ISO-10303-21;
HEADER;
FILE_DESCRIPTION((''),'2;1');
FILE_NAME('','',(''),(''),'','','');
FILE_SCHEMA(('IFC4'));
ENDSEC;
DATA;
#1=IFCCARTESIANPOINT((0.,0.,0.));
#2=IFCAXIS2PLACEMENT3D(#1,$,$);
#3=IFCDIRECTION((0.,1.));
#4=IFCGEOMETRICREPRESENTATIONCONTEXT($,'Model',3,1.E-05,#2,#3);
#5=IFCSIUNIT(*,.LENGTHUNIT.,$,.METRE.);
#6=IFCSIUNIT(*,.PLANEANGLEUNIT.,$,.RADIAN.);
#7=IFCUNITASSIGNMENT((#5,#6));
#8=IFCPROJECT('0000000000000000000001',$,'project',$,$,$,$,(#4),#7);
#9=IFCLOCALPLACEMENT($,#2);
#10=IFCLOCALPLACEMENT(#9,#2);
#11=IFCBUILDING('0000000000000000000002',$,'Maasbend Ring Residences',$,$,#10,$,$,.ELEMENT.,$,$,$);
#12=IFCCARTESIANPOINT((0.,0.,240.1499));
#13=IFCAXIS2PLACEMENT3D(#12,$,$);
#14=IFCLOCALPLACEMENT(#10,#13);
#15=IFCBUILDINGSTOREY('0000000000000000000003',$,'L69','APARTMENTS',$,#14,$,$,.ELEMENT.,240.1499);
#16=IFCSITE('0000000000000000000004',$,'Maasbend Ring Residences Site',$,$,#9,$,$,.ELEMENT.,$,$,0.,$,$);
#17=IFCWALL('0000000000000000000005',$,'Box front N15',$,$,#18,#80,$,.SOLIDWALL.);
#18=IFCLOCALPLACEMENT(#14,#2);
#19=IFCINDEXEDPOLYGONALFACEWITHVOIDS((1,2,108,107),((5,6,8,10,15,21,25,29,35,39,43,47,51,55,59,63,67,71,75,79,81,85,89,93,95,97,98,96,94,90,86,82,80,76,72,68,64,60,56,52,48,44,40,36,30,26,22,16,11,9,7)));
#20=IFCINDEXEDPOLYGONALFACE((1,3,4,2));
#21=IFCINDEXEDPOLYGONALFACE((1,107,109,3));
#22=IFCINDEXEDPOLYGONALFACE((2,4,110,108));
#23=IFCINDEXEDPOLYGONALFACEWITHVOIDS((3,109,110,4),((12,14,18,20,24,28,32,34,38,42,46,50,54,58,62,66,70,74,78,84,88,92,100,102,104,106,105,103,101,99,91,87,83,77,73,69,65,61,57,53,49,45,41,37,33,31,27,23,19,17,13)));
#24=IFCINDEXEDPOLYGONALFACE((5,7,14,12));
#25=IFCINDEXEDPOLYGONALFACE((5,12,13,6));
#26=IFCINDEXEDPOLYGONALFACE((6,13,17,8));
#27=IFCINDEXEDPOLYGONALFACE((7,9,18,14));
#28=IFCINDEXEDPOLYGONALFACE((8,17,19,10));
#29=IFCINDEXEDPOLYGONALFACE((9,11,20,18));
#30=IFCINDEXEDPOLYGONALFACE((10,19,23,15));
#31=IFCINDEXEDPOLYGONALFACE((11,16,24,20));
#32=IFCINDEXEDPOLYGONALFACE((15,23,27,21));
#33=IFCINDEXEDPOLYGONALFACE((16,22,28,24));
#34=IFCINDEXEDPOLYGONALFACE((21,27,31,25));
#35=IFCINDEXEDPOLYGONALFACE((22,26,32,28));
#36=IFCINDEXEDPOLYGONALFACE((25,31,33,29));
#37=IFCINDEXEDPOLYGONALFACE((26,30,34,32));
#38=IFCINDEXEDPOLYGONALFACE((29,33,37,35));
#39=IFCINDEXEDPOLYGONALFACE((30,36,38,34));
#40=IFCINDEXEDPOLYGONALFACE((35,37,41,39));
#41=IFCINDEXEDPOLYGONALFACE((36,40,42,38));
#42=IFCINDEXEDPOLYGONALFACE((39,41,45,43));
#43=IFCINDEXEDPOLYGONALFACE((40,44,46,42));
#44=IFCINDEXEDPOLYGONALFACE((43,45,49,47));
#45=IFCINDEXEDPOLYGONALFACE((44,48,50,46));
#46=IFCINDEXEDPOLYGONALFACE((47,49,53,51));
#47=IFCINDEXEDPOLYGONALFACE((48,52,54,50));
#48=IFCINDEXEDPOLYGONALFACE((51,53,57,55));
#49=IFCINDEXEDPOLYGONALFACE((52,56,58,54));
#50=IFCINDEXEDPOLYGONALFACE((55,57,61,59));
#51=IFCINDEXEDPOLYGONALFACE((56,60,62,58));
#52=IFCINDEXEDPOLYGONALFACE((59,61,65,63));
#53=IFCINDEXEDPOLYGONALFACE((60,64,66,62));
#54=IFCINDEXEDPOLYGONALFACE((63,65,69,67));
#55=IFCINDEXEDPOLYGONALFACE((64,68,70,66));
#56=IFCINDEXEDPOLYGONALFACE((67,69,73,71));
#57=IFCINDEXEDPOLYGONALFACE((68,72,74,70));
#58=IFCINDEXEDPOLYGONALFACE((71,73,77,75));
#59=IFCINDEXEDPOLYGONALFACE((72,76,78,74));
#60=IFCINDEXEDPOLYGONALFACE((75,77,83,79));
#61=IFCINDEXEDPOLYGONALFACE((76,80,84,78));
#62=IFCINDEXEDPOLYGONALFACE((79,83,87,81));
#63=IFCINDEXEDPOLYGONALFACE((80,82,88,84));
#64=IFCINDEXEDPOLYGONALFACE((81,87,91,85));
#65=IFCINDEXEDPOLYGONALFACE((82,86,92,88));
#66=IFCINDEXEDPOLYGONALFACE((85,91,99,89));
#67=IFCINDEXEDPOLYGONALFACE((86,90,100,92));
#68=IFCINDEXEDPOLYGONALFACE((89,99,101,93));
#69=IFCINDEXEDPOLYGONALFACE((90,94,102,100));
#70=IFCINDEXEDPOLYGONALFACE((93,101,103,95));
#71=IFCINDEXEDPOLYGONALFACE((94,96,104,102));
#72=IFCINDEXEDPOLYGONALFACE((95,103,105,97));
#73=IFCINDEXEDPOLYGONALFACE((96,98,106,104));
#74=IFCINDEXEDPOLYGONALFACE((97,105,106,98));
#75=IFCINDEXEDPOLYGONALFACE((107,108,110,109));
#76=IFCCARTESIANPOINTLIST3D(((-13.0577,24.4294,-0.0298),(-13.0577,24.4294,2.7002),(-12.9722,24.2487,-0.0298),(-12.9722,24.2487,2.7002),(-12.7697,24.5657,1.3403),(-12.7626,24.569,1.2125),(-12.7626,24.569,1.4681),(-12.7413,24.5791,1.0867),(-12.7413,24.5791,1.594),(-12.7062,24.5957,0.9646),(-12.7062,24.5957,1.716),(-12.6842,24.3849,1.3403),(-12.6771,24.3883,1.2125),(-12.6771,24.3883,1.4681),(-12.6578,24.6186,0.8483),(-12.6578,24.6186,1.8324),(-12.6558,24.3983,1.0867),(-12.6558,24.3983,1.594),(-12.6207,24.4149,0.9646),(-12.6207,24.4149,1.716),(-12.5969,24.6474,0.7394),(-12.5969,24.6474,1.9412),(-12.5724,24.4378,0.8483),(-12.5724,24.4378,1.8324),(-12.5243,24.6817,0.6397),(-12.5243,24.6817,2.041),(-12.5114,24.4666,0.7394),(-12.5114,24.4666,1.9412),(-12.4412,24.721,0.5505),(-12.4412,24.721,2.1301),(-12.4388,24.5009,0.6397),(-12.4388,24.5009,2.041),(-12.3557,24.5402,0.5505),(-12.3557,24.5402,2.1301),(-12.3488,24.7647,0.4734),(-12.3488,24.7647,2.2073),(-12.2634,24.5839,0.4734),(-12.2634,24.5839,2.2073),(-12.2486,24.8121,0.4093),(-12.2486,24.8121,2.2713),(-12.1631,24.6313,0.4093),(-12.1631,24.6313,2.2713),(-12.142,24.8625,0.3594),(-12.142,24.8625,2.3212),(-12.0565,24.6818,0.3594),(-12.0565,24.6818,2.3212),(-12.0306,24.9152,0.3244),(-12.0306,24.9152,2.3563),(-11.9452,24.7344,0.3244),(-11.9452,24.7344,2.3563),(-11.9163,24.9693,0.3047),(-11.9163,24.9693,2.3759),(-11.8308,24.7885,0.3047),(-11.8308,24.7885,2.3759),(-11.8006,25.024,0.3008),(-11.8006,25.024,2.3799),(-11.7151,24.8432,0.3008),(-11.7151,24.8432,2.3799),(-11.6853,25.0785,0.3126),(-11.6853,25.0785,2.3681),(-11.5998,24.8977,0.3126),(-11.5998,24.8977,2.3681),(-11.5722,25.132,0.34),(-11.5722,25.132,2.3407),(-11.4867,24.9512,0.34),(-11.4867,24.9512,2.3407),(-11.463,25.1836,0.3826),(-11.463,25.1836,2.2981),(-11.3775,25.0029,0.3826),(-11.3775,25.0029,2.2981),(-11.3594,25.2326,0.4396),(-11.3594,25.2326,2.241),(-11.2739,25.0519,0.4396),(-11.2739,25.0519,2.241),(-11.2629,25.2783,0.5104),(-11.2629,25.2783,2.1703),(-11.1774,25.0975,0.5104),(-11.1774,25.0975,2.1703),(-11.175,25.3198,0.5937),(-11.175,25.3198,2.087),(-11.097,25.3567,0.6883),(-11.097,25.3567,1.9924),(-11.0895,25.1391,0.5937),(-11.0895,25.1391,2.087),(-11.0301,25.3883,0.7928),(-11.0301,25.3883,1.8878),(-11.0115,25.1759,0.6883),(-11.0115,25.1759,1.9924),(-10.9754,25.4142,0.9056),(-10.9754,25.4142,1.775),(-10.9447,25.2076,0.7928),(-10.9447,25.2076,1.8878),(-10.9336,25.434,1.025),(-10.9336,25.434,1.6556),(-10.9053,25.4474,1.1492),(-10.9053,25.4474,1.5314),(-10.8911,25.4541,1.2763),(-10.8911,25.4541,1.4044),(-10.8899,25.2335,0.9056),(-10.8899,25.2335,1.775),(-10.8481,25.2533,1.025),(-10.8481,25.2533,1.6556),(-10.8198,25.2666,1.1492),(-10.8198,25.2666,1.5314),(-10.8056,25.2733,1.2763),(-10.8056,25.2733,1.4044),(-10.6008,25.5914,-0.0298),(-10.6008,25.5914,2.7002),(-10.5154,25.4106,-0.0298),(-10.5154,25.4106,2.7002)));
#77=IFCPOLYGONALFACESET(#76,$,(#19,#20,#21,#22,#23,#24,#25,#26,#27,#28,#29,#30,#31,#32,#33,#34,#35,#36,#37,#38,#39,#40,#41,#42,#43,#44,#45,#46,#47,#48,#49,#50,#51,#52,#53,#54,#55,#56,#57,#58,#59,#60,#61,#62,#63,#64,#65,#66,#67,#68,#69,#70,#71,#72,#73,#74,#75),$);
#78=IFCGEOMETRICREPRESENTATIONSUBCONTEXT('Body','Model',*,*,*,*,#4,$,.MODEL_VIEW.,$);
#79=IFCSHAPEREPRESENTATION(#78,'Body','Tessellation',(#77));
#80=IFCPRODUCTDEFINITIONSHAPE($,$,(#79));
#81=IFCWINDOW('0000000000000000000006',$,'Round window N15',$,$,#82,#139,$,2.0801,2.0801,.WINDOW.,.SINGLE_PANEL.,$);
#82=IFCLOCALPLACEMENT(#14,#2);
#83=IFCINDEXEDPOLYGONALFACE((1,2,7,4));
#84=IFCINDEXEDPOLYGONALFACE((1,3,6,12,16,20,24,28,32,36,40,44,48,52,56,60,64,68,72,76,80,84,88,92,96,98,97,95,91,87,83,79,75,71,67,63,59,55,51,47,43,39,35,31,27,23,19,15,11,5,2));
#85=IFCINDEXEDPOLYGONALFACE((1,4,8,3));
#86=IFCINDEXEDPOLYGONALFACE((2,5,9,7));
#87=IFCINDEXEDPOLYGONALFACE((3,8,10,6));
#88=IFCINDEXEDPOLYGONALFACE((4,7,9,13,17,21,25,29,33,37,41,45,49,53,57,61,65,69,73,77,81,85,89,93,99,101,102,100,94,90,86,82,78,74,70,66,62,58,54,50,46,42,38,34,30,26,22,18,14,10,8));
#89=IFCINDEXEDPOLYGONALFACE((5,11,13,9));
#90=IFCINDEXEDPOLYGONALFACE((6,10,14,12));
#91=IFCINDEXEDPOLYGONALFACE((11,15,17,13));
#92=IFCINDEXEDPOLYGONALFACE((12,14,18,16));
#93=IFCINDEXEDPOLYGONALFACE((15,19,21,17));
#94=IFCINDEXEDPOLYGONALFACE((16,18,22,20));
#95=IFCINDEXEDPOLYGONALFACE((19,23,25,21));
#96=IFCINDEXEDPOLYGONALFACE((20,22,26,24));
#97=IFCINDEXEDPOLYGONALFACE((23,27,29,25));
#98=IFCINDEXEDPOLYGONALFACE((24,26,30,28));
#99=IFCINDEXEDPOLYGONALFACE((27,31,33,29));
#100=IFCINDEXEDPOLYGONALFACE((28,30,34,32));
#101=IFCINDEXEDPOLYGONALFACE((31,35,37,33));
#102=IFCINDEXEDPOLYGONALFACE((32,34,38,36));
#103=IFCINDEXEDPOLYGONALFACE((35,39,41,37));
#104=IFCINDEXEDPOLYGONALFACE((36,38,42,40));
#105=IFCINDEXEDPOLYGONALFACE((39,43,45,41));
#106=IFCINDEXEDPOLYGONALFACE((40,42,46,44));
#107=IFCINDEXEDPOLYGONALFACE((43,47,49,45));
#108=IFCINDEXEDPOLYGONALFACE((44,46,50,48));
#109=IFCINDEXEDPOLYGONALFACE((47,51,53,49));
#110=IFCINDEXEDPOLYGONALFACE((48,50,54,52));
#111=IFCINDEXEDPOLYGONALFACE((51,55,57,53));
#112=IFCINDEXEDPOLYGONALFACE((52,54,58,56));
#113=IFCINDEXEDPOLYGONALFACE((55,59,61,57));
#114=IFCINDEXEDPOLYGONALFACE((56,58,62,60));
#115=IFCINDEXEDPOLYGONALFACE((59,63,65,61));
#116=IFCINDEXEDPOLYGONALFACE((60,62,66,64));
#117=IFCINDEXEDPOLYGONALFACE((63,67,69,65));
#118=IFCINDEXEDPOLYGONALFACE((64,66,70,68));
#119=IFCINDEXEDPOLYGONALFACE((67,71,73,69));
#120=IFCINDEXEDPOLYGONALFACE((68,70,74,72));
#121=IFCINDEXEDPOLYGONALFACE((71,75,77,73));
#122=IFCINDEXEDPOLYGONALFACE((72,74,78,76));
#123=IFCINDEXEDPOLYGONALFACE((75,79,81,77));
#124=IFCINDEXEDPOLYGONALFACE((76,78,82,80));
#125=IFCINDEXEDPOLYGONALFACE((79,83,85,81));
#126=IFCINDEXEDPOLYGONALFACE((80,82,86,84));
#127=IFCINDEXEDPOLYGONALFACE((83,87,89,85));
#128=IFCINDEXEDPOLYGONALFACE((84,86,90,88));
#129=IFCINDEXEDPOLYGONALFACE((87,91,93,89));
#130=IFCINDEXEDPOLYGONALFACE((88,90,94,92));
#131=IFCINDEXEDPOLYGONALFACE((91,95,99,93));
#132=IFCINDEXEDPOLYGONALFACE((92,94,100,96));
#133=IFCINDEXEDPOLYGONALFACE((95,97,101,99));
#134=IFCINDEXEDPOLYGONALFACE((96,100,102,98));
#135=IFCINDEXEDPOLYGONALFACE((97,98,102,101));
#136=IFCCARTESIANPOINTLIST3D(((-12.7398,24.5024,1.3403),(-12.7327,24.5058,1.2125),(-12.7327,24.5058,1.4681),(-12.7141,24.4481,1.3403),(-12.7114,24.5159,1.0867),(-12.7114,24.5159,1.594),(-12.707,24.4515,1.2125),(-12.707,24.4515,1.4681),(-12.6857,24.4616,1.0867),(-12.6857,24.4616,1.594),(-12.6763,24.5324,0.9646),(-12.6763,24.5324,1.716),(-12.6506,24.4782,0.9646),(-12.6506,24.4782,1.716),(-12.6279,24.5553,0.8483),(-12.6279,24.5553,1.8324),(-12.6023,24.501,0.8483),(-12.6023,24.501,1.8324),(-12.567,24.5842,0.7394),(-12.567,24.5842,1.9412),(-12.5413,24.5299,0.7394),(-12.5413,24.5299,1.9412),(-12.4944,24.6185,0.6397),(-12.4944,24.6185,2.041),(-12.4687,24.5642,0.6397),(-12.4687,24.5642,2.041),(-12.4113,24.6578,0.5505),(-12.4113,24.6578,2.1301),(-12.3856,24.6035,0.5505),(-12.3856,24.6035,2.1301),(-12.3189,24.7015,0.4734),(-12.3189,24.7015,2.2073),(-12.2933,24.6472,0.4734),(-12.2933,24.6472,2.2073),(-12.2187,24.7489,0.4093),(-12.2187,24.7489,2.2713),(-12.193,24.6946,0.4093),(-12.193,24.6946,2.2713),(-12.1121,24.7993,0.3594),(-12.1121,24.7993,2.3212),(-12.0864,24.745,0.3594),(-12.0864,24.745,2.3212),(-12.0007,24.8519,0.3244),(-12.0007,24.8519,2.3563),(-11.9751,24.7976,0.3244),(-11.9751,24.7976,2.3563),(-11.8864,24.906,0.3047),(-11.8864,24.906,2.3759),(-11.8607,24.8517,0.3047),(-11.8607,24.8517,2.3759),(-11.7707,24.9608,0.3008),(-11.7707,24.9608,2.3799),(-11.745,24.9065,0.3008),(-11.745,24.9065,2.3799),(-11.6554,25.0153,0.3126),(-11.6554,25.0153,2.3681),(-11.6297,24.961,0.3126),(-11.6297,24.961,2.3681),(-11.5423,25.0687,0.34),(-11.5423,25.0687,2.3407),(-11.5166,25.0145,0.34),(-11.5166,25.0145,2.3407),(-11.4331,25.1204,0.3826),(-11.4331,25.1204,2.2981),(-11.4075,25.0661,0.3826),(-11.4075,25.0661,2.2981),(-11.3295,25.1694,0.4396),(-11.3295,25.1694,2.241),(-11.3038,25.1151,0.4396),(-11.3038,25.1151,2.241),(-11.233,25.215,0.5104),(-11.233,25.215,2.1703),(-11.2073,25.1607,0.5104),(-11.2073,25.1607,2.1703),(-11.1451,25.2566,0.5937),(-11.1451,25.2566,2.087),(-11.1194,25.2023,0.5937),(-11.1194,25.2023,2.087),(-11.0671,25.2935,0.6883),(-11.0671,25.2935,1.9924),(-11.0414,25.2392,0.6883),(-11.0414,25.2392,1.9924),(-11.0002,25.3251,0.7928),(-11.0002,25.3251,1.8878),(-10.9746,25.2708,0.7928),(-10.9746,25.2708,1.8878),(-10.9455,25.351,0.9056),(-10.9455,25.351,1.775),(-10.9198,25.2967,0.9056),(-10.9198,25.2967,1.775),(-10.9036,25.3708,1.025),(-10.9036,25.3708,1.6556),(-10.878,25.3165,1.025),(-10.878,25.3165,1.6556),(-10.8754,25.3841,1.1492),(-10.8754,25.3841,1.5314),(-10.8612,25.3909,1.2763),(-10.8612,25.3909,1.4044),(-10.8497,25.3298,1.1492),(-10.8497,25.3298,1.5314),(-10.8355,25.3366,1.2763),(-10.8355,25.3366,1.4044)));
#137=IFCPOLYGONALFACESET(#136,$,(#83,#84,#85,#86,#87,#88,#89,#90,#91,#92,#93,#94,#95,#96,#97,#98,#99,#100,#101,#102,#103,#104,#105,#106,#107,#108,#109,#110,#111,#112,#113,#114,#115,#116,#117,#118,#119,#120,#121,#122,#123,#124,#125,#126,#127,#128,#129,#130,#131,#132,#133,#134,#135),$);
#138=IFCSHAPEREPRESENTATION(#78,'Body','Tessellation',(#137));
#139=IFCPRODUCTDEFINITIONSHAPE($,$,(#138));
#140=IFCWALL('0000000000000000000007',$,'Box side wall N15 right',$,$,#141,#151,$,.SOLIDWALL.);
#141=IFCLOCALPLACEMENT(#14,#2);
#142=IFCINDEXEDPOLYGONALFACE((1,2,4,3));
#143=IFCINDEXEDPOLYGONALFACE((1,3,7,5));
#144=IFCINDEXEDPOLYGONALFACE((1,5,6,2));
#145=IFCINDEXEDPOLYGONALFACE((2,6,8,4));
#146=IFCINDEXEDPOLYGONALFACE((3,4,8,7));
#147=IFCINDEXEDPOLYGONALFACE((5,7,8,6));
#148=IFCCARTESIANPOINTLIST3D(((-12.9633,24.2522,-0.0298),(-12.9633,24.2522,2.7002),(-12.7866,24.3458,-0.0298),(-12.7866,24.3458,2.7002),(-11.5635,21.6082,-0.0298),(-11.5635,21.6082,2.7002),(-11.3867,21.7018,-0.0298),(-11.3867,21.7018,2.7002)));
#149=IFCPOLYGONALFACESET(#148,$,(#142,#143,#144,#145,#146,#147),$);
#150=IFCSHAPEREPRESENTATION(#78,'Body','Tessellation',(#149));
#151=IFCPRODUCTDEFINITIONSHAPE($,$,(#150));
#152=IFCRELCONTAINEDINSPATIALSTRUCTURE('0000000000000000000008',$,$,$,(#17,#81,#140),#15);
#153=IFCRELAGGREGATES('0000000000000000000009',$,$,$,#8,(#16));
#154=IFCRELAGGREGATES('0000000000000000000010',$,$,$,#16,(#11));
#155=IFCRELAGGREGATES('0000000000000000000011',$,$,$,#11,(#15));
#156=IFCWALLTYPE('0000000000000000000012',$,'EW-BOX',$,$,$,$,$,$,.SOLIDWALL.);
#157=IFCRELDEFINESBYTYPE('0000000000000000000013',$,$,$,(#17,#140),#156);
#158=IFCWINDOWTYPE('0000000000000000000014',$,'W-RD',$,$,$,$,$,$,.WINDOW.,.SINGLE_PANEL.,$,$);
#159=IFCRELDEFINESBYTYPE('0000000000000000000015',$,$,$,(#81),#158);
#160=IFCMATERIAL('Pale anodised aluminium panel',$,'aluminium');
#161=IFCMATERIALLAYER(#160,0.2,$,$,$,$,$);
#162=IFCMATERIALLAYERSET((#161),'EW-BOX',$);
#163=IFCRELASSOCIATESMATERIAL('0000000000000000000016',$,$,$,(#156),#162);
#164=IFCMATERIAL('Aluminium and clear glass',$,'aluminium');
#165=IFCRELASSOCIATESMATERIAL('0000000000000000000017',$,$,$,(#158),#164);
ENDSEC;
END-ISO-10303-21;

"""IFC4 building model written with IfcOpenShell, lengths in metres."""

from ifc_helpers import new_model, si_unit, direction, frame, frame_2d, origin, place, context, subcontext, project, spatial, rectangle, circle, extrude, material, layer, layer_set, type_object, element, fill, save


model = new_model("IFC4")

# Units and contexts
model_context = context("Model", 3, precision=1e-05, world=origin(), true_north=direction((0.0, 1.0)))
body_context = subcontext(model_context, "Body", "Model", "MODEL_VIEW")
ifc_project = project(units=[si_unit("LENGTHUNIT", "METRE"), si_unit("PLANEANGLEUNIT", "RADIAN")], contexts=[model_context])

# Site, building, storey
site_placement = place(None, origin())
site = spatial("IfcSite", under=ifc_project, at=site_placement, Name="Maasbend Ring Residences Site", CompositionType="ELEMENT", RefElevation=0.0)
building_placement = place(site_placement, origin())
building = spatial("IfcBuilding", under=site, at=building_placement, Name="Maasbend Ring Residences", CompositionType="ELEMENT")
storey_placement = place(building_placement, frame((0.0, 0.0, 240.1499)))
storey = spatial("IfcBuildingStorey", under=building, at=storey_placement, Name="L69", Description="APARTMENTS", CompositionType="ELEMENT", Elevation=240.1499)

# Wall, opening, window
ifc_material_1 = material(Name="Pale anodised aluminium panel", Category="aluminium")
ifc_layer_1 = layer(ifc_material_1, 0.2)
ifc_layer_set_1 = layer_set([ifc_layer_1], Name="EW-BOX")
wall_type_1 = type_object("IfcWallType", Name="EW-BOX", PredefinedType="SOLIDWALL", material=ifc_layer_set_1)
wall_1_placement = place(storey_placement, frame((-10.5581, 25.501, -0.0298), z_axis=(0.0, 0.0, 1.0), x_axis=(-0.904005, -0.427522, 0.0)))
wall_1 = element("IfcWall", 1, at=wall_1_placement, inside=storey, type_object=wall_type_1, Name="Box front N15", PredefinedType="SOLIDWALL", context=body_context, shape_type="SweptSolid", body=[
    extrude(rectangle(XDim=2.7178, YDim=0.2, at=frame_2d((1.3589, 0.0))), origin(), (0.0, 0.0, 1.0), 2.73),
])
opening_1_placement = place(wall_1_placement, frame((0.3191, 0.0, 0.3301)))
opening_1 = element("IfcOpeningElement", 2, at=opening_1_placement, cuts=wall_1, PredefinedType="OPENING", context=body_context, shape_type="SweptSolid", body=[
    extrude(circle(Radius=1.04, at=frame_2d((1.04, 1.04))), frame((0.0, 0.1099, 0.0), z_axis=(0.0, -1.0, 0.0), x_axis=(1.0, 0.0, 0.0)), (0.0, 0.0, 1.0), 0.22),
])
ifc_material_2 = material(Name="Aluminium and clear glass", Category="aluminium")
window_type_1 = type_object("IfcWindowType", Name="W-RD", PartitioningType="SINGLE_PANEL", PredefinedType="WINDOW", material=ifc_material_2)
window_1_placement = place(opening_1_placement, origin())
window_1 = element("IfcWindow", 3, at=window_1_placement, inside=storey, type_object=window_type_1, Name="Round window N15", OverallHeight=2.0801, OverallWidth=2.0801, PartitioningType="SINGLE_PANEL", PredefinedType="WINDOW", context=body_context, shape_type="SweptSolid", body=[
    extrude(circle(Radius=1.04, at=frame_2d((1.04, 1.04))), frame((0.0, 0.03, 0.0), z_axis=(0.0, -1.0, 0.0), x_axis=(1.0, 0.0, 0.0)), (0.0, 0.0, 1.0), 0.0601),
])
fill(opening_1, window_1)

# Wall
wall_2_placement = place(storey_placement, frame((-11.4751, 21.655, -0.0298), z_axis=(0.0, 0.0, 1.0), x_axis=(-0.467918, 0.883772, 0.0)))
element("IfcWall", 4, at=wall_2_placement, inside=storey, type_object=wall_type_1, Name="Box side wall N15 right", PredefinedType="SOLIDWALL", context=body_context, shape_type="SweptSolid", body=[
    extrude(rectangle(XDim=2.9917, YDim=0.2, at=frame_2d((1.4958, 0.0))), origin(), (0.0, 0.0, 1.0), 2.73),
])

save(model, "model.ifc")
